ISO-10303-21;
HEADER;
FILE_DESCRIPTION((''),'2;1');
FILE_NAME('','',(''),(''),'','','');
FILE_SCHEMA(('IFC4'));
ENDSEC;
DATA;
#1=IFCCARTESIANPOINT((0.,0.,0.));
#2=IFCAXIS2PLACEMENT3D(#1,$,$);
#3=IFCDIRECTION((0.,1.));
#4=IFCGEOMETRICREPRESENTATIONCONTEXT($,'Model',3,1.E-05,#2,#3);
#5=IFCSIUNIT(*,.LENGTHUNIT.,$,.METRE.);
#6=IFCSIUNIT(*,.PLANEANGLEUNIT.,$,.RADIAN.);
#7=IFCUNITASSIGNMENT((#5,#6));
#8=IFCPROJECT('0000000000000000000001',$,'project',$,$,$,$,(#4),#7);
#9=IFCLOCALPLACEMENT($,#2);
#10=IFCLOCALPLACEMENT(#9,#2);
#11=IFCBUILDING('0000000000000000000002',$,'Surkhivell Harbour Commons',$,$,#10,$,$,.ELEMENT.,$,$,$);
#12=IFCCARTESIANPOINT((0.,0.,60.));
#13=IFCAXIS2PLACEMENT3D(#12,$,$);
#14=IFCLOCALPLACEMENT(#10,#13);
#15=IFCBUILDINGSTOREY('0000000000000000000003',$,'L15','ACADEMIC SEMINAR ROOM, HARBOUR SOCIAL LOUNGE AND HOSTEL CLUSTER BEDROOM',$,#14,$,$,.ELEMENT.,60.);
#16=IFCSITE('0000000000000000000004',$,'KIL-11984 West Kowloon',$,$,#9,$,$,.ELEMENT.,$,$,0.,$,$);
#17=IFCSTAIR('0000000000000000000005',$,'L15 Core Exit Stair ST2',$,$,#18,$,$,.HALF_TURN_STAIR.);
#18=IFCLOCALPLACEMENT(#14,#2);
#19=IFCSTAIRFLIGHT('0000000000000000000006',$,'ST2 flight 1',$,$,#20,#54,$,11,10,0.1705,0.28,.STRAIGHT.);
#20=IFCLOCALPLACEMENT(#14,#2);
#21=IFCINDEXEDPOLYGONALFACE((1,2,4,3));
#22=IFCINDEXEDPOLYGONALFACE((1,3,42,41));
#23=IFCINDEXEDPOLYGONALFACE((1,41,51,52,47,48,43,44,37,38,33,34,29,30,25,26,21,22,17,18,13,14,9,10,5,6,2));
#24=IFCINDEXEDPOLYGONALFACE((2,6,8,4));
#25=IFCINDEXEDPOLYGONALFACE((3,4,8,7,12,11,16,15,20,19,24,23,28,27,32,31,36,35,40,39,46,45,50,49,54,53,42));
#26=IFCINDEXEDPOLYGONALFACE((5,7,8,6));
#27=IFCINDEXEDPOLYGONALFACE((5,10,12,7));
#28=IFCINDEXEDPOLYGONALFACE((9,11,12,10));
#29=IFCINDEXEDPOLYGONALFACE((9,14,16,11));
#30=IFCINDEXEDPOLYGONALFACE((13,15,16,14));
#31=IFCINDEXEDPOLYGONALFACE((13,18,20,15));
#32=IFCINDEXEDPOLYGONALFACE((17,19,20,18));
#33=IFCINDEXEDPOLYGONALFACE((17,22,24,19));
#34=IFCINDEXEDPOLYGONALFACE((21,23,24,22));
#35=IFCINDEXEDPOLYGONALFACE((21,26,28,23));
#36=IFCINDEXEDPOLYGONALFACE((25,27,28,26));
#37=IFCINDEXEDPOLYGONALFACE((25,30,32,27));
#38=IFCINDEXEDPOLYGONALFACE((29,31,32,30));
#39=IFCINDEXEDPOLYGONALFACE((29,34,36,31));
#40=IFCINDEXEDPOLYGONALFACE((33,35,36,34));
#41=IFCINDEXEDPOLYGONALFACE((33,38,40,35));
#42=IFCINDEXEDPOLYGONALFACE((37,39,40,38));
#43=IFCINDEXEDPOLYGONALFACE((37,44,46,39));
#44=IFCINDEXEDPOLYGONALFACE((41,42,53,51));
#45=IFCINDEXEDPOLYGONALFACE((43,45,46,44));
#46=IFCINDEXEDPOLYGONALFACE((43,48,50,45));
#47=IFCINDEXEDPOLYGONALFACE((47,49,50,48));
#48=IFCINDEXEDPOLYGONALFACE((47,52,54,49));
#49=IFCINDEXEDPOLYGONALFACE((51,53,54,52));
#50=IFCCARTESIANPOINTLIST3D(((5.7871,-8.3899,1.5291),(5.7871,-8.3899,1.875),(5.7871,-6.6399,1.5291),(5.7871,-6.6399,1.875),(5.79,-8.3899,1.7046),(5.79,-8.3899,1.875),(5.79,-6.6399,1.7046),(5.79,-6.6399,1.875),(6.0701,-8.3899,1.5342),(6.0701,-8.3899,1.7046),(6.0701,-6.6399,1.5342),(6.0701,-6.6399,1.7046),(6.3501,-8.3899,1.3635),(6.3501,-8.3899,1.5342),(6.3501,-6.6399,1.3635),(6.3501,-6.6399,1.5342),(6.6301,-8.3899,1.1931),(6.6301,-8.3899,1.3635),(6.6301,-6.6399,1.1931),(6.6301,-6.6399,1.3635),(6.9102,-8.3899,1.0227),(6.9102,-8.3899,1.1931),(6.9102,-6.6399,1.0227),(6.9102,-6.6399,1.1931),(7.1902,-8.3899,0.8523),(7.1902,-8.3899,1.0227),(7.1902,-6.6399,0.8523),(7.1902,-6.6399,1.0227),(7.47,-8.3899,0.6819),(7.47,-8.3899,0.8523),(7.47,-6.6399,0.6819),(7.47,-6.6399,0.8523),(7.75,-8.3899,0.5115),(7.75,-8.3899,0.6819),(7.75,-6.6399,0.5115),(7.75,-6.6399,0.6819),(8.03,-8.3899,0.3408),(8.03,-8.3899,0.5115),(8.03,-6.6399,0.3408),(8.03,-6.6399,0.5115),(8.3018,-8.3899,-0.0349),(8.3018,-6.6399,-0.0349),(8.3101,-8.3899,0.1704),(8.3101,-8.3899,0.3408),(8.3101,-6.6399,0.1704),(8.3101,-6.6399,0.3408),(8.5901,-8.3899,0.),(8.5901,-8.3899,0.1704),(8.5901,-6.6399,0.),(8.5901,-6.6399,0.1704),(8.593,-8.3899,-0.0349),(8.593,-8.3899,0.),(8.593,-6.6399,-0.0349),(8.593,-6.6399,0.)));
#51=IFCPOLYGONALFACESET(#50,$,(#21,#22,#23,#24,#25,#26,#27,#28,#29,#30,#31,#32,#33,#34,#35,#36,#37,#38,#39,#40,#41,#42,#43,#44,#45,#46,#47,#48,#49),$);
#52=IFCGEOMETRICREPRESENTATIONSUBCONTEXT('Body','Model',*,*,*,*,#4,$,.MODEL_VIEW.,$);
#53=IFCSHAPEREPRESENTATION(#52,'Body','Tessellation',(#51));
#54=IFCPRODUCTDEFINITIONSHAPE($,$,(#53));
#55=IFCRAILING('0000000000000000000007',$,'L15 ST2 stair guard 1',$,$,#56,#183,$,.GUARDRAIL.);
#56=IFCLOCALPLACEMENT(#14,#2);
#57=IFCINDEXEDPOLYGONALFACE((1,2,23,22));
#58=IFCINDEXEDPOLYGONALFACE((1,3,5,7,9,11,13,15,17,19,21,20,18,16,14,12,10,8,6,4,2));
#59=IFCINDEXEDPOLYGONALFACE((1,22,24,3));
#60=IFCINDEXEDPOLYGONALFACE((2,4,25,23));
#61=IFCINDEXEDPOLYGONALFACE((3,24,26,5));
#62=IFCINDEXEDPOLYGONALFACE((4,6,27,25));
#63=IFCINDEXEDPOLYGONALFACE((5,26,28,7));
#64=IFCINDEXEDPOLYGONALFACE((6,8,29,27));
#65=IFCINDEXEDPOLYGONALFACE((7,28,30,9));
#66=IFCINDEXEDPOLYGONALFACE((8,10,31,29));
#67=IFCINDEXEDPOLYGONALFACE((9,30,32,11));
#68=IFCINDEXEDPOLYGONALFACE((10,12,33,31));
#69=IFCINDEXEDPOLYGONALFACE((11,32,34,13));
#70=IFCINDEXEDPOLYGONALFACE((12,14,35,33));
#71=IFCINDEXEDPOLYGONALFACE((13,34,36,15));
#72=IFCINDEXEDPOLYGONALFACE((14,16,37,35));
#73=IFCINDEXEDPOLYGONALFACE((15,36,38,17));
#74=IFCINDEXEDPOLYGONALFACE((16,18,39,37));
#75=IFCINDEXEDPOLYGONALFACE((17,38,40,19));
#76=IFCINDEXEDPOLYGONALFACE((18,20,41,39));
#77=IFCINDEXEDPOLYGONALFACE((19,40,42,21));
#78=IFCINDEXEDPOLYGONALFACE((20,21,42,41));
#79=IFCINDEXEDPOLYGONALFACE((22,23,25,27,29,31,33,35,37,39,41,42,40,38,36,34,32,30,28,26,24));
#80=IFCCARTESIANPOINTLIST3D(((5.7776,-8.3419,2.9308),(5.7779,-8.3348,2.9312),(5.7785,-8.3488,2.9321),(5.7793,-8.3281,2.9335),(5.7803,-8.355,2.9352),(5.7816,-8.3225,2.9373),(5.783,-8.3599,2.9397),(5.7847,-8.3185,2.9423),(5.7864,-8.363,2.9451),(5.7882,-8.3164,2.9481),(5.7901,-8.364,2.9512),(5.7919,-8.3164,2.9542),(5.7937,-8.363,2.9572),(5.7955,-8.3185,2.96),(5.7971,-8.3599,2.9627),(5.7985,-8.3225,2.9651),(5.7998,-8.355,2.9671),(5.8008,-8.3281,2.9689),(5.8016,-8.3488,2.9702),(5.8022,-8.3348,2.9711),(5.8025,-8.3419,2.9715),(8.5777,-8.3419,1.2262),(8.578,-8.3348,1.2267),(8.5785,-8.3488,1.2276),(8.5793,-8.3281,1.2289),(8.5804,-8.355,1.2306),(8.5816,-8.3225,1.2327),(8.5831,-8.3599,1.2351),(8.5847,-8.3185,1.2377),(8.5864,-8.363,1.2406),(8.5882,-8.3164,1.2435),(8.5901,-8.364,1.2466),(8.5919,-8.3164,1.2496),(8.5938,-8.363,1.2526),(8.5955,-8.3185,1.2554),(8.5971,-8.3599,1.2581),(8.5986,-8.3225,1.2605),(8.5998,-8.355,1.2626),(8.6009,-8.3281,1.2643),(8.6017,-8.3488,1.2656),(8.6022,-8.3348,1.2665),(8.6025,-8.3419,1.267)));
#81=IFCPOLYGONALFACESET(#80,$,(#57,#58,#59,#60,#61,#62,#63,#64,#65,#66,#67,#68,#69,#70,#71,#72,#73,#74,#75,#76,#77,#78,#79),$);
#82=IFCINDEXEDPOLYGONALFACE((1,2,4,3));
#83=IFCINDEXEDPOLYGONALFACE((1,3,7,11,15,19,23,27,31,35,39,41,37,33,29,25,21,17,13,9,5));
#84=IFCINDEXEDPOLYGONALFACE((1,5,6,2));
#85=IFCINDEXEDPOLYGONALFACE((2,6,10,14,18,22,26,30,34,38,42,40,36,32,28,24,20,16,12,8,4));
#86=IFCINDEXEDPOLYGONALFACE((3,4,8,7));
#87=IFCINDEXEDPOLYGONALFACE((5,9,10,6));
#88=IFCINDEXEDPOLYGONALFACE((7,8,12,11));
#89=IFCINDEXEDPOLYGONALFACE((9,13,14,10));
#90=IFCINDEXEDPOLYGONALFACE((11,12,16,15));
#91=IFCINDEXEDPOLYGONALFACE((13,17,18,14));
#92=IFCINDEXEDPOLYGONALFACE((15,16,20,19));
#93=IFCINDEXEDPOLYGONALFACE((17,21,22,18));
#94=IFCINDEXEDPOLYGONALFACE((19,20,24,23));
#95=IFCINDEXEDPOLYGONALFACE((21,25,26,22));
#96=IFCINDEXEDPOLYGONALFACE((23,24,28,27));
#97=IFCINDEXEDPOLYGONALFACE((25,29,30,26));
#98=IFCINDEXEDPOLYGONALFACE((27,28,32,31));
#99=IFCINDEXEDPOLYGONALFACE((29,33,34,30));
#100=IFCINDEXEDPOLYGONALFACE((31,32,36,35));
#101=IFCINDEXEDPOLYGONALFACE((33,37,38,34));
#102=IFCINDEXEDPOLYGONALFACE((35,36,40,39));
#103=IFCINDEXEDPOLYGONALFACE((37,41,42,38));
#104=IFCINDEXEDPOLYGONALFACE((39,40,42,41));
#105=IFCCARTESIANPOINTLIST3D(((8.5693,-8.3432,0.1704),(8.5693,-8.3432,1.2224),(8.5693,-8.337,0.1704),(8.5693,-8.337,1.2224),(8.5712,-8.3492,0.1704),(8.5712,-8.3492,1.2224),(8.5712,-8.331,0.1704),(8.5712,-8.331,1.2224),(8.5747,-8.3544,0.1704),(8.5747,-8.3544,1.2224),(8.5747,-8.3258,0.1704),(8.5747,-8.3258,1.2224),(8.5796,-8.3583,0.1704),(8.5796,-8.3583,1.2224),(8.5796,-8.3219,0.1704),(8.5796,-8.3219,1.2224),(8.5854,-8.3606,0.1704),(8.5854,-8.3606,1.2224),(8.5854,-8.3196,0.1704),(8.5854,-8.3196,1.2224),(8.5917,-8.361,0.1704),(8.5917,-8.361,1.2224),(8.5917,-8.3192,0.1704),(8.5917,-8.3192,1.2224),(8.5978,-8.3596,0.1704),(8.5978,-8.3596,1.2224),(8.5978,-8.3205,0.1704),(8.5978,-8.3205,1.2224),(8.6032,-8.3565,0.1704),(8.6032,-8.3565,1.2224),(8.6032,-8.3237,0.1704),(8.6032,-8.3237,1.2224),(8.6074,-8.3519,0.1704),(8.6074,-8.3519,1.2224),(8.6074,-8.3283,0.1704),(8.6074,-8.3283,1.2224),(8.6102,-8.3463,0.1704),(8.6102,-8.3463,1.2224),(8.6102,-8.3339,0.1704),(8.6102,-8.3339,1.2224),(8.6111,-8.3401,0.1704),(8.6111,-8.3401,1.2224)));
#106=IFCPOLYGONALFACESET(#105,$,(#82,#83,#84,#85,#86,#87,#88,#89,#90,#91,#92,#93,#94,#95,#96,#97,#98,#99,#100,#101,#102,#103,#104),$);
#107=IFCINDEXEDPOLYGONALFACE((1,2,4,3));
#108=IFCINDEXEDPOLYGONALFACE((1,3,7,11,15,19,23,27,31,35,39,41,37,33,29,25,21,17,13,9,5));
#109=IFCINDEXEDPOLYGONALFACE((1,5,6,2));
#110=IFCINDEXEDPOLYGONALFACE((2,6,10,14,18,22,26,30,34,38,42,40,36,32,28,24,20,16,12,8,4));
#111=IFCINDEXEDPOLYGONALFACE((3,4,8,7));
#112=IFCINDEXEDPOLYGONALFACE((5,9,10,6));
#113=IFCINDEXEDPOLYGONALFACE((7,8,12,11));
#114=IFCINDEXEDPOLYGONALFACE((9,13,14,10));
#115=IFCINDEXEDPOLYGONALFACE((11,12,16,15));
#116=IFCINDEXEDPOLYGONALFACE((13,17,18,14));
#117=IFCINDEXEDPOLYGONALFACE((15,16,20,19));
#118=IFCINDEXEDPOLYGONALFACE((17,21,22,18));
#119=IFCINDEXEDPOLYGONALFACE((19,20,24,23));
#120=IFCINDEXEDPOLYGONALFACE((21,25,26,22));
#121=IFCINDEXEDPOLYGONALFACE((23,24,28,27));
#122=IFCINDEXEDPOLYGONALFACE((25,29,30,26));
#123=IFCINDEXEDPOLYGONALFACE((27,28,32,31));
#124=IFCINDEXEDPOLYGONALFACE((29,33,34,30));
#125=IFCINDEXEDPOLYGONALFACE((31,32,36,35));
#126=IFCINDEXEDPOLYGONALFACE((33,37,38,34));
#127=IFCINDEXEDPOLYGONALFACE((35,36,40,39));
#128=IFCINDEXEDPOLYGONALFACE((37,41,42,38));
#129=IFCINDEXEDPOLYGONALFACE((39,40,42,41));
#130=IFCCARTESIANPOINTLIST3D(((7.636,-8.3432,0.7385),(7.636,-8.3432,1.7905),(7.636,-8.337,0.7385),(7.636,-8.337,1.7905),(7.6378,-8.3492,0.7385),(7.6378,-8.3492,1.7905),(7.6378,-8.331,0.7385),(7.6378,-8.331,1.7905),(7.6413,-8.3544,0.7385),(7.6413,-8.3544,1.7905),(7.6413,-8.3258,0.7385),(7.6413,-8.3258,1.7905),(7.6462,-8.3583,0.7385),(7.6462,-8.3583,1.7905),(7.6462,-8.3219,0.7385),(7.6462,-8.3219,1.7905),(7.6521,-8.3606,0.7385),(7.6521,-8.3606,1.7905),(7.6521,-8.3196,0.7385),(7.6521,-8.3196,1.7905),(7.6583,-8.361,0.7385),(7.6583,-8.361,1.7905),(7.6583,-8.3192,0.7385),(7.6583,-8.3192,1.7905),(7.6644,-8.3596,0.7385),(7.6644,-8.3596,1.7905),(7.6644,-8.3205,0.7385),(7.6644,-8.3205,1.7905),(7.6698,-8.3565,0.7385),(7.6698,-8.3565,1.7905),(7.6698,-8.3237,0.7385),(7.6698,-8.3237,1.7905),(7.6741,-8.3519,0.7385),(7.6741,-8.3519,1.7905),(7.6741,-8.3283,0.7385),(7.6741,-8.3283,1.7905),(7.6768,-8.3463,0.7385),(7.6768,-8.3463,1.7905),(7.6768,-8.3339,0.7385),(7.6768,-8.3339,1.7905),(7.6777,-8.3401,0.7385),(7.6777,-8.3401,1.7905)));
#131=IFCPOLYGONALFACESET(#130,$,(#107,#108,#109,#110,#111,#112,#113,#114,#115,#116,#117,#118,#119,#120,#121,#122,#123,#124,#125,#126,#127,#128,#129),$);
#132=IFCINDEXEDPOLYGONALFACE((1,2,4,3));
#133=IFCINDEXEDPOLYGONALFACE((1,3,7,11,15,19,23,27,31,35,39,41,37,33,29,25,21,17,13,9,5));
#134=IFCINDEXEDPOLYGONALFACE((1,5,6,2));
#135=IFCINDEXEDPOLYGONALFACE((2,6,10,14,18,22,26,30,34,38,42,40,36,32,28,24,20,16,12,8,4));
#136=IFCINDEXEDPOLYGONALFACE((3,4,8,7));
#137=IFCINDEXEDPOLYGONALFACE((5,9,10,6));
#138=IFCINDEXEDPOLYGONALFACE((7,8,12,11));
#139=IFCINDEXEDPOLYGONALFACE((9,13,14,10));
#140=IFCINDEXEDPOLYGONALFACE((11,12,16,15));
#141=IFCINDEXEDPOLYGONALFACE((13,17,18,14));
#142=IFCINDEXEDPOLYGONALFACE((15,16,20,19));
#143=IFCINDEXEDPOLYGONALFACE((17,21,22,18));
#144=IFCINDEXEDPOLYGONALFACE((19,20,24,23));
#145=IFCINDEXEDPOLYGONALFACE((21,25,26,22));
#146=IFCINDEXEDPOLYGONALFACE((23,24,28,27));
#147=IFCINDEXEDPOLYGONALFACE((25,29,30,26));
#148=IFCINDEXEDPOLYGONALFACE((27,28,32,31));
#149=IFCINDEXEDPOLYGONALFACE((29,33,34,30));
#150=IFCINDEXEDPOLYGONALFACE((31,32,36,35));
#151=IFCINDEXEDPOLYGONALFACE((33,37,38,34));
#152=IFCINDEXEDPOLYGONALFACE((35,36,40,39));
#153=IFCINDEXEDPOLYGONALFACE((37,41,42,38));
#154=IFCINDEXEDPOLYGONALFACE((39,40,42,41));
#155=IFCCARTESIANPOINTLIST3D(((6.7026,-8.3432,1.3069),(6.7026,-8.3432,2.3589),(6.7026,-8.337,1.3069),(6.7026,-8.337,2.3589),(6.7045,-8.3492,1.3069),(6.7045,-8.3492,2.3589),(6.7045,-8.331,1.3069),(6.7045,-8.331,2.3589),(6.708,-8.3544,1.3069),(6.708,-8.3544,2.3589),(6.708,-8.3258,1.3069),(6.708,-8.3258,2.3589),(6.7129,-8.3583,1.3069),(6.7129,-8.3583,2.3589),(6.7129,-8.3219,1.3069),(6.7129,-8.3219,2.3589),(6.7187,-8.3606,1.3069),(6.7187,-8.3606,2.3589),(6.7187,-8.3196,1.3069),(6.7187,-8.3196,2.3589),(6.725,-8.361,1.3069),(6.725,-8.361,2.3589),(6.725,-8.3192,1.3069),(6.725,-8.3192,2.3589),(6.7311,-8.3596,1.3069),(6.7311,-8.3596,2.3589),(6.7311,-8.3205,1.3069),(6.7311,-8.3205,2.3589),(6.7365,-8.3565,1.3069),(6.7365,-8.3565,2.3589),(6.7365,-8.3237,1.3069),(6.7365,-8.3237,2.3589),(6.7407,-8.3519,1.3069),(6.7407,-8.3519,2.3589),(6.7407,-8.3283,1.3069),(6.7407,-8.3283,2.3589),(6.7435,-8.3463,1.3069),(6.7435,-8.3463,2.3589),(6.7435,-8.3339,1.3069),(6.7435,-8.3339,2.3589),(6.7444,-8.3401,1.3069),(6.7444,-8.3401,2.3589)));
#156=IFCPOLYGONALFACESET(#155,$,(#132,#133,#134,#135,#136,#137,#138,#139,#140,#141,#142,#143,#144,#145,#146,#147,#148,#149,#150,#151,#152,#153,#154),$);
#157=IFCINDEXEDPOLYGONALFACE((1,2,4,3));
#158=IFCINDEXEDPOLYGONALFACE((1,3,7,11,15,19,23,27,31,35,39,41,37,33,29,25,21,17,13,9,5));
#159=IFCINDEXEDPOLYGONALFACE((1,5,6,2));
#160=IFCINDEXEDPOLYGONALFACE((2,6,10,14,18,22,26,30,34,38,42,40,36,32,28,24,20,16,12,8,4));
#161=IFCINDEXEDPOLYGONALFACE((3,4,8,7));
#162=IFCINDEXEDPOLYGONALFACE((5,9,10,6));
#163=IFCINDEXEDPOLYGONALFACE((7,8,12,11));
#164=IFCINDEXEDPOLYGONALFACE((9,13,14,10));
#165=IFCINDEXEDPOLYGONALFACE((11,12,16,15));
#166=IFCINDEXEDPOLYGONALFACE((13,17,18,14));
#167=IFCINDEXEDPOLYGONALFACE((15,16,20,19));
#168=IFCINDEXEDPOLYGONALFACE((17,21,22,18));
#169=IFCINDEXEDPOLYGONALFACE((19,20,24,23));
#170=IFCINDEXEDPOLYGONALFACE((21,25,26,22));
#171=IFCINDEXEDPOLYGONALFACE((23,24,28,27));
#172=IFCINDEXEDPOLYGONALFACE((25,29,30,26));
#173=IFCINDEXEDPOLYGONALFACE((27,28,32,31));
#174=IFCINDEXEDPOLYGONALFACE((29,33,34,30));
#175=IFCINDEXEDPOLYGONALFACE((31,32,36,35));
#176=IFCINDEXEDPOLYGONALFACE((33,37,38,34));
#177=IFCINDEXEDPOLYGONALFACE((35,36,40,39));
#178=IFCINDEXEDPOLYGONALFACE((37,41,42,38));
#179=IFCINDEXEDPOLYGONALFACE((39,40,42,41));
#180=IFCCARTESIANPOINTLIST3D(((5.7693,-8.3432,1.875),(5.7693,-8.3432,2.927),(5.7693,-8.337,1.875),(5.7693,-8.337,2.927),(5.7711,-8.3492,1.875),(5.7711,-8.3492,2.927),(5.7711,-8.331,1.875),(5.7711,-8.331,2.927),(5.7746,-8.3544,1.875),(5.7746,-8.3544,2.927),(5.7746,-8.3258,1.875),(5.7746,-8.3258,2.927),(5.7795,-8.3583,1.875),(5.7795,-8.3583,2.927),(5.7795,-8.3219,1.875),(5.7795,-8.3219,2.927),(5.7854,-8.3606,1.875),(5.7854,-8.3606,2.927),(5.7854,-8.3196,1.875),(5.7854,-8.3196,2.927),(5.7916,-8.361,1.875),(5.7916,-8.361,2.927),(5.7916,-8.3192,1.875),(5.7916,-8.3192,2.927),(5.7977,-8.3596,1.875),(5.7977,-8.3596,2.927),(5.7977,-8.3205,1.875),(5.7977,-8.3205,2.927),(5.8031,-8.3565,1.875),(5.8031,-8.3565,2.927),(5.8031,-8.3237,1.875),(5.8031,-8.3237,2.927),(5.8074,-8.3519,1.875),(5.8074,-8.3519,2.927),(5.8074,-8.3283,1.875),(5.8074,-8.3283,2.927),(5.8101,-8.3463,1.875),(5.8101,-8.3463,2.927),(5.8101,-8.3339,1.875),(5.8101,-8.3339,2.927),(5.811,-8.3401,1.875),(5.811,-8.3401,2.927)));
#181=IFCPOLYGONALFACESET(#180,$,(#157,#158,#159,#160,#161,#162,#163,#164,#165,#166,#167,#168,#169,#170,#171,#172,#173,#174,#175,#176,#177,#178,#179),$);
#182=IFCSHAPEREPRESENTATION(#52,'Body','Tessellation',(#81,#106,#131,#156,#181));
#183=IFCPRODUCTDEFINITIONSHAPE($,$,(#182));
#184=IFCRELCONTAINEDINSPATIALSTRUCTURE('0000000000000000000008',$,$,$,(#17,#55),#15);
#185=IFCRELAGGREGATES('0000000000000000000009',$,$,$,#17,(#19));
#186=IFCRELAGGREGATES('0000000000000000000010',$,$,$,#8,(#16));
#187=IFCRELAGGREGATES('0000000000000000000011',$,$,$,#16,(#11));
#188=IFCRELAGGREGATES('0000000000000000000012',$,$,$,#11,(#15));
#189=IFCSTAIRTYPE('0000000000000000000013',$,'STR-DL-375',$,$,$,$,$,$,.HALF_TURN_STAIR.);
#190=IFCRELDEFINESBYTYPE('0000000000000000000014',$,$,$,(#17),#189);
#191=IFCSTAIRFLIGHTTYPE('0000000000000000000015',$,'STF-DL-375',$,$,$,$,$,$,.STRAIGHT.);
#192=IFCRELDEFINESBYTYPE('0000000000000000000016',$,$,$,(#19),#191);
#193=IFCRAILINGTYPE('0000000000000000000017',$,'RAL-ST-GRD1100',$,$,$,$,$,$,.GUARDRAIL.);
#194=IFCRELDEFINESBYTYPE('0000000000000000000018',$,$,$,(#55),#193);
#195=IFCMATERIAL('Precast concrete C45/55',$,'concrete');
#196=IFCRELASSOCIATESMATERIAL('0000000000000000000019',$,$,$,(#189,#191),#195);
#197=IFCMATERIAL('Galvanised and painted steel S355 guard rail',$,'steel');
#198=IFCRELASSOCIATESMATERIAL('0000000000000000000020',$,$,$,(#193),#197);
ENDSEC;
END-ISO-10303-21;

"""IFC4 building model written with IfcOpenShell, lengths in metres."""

from ifc_helpers import new_model, si_unit, direction, frame, origin, origin_2d, place, context, subcontext, project, spatial, polyline, circle, outline, extrude, material, type_object, element, aggregate, save


model = new_model("IFC4")

# Units and contexts
model_context = context("Model", 3, precision=1e-05, world=origin(), true_north=direction((0.0, 1.0)))
body_context = subcontext(model_context, "Body", "Model", "MODEL_VIEW")
ifc_project = project(units=[si_unit("LENGTHUNIT", "METRE"), si_unit("PLANEANGLEUNIT", "RADIAN")], contexts=[model_context])

# Site, building, storey
site_placement = place(None, origin())
site = spatial("IfcSite", under=ifc_project, at=site_placement, Name="KIL-11984 West Kowloon", CompositionType="ELEMENT", RefElevation=0.0)
building_placement = place(site_placement, origin())
building = spatial("IfcBuilding", under=site, at=building_placement, Name="Surkhivell Harbour Commons", CompositionType="ELEMENT")
storey_placement = place(building_placement, frame((0.0, 0.0, 60.0)))
storey = spatial("IfcBuildingStorey", under=building, at=storey_placement, Name="L15", Description="ACADEMIC SEMINAR ROOM, HARBOUR SOCIAL LOUNGE AND HOSTEL CLUSTER BEDROOM", CompositionType="ELEMENT", Elevation=60.0)

# Stair, stair flight
ifc_material_1 = material(Name="Precast concrete C45/55", Category="concrete")
stair_type = type_object("IfcStairType", Name="STR-DL-375", PredefinedType="HALF_TURN_STAIR", material=ifc_material_1)
stair_placement = place(storey_placement, origin())
stair = element("IfcStair", 1, at=stair_placement, inside=storey, type_object=stair_type, Name="L15 Core Exit Stair ST2", PredefinedType="HALF_TURN_STAIR")
stair_flight_type = type_object("IfcStairFlightType", Name="STF-DL-375", PredefinedType="STRAIGHT", material=ifc_material_1)
stair_flight_placement = place(storey_placement, frame((8.5901, -7.5149, 0.0), z_axis=(0.0, 0.0, 1.0), x_axis=(-1.0, 0.0, 0.0)))
stair_flight = element("IfcStairFlight", 2, at=stair_flight_placement, type_object=stair_flight_type, Name="ST2 flight 1", NumberOfRisers=11, NumberOfTreads=10, PredefinedType="STRAIGHT", RiserHeight=0.1705, TreadLength=0.28, context=body_context, shape_type="SweptSolid", body=[
    extrude(outline(polyline([(-0.0029, -0.0349), (-0.0029, 0.0), (0.0, 0.0), (0.0, 0.1704), (0.28, 0.1704), (0.28, 0.3408), (0.5601, 0.3408), (0.5601, 0.5115), (0.8401, 0.5115), (0.8401, 0.6819), (1.1201, 0.6819), (1.1201, 0.8523), (1.3999, 0.8523), (1.3999, 1.0227), (1.6799, 1.0227), (1.6799, 1.1931), (1.96, 1.1931), (1.96, 1.3635), (2.24, 1.3635), (2.24, 1.5342), (2.52, 1.5342), (2.52, 1.7046), (2.8, 1.7046), (2.8, 1.875), (2.803, 1.875), (2.803, 1.5291), (0.2883, -0.0349), (-0.0029, -0.0349)])), frame((0.0, 0.875, 0.0), z_axis=(0.0, -1.0, 0.0), x_axis=(1.0, 0.0, 0.0)), (0.0, 0.0, 1.0), 1.75),
])
aggregate(stair, [stair_flight])

# Railing
ifc_material_2 = material(Name="Galvanised and painted steel S355 guard rail", Category="steel")
railing_type_1 = type_object("IfcRailingType", Name="RAL-ST-GRD1100", PredefinedType="GUARDRAIL", material=ifc_material_2)
railing_1_placement = place(storey_placement, frame((8.5901, -8.3401, 0.1704)))
element("IfcRailing", 3, at=railing_1_placement, inside=storey, type_object=railing_type_1, Name="L15 ST2 stair guard 1", PredefinedType="GUARDRAIL", context=body_context, shape_type="SweptSolid", body=[
    extrude(circle(Radius=0.0239, at=origin_2d()), frame((0.0, 0.0, 1.0762), z_axis=(-0.85417, 0.0, 0.519994), x_axis=(0.0, -1.0, 0.0)), (0.0, 0.0, 1.0), 3.2781),
    extrude(circle(Radius=0.021, at=origin_2d()), origin(), (0.0, 0.0, 1.0), 1.052),
    extrude(circle(Radius=0.021, at=origin_2d()), frame((-0.9333, 0.0, 0.5681)), (0.0, 0.0, 1.0), 1.052),
    extrude(circle(Radius=0.021, at=origin_2d()), frame((-1.8667, 0.0, 1.1365)), (0.0, 0.0, 1.0), 1.052),
    extrude(circle(Radius=0.021, at=origin_2d()), frame((-2.8, 0.0, 1.7046)), (0.0, 0.0, 1.0), 1.052),
])

save(model, "model.ifc")
